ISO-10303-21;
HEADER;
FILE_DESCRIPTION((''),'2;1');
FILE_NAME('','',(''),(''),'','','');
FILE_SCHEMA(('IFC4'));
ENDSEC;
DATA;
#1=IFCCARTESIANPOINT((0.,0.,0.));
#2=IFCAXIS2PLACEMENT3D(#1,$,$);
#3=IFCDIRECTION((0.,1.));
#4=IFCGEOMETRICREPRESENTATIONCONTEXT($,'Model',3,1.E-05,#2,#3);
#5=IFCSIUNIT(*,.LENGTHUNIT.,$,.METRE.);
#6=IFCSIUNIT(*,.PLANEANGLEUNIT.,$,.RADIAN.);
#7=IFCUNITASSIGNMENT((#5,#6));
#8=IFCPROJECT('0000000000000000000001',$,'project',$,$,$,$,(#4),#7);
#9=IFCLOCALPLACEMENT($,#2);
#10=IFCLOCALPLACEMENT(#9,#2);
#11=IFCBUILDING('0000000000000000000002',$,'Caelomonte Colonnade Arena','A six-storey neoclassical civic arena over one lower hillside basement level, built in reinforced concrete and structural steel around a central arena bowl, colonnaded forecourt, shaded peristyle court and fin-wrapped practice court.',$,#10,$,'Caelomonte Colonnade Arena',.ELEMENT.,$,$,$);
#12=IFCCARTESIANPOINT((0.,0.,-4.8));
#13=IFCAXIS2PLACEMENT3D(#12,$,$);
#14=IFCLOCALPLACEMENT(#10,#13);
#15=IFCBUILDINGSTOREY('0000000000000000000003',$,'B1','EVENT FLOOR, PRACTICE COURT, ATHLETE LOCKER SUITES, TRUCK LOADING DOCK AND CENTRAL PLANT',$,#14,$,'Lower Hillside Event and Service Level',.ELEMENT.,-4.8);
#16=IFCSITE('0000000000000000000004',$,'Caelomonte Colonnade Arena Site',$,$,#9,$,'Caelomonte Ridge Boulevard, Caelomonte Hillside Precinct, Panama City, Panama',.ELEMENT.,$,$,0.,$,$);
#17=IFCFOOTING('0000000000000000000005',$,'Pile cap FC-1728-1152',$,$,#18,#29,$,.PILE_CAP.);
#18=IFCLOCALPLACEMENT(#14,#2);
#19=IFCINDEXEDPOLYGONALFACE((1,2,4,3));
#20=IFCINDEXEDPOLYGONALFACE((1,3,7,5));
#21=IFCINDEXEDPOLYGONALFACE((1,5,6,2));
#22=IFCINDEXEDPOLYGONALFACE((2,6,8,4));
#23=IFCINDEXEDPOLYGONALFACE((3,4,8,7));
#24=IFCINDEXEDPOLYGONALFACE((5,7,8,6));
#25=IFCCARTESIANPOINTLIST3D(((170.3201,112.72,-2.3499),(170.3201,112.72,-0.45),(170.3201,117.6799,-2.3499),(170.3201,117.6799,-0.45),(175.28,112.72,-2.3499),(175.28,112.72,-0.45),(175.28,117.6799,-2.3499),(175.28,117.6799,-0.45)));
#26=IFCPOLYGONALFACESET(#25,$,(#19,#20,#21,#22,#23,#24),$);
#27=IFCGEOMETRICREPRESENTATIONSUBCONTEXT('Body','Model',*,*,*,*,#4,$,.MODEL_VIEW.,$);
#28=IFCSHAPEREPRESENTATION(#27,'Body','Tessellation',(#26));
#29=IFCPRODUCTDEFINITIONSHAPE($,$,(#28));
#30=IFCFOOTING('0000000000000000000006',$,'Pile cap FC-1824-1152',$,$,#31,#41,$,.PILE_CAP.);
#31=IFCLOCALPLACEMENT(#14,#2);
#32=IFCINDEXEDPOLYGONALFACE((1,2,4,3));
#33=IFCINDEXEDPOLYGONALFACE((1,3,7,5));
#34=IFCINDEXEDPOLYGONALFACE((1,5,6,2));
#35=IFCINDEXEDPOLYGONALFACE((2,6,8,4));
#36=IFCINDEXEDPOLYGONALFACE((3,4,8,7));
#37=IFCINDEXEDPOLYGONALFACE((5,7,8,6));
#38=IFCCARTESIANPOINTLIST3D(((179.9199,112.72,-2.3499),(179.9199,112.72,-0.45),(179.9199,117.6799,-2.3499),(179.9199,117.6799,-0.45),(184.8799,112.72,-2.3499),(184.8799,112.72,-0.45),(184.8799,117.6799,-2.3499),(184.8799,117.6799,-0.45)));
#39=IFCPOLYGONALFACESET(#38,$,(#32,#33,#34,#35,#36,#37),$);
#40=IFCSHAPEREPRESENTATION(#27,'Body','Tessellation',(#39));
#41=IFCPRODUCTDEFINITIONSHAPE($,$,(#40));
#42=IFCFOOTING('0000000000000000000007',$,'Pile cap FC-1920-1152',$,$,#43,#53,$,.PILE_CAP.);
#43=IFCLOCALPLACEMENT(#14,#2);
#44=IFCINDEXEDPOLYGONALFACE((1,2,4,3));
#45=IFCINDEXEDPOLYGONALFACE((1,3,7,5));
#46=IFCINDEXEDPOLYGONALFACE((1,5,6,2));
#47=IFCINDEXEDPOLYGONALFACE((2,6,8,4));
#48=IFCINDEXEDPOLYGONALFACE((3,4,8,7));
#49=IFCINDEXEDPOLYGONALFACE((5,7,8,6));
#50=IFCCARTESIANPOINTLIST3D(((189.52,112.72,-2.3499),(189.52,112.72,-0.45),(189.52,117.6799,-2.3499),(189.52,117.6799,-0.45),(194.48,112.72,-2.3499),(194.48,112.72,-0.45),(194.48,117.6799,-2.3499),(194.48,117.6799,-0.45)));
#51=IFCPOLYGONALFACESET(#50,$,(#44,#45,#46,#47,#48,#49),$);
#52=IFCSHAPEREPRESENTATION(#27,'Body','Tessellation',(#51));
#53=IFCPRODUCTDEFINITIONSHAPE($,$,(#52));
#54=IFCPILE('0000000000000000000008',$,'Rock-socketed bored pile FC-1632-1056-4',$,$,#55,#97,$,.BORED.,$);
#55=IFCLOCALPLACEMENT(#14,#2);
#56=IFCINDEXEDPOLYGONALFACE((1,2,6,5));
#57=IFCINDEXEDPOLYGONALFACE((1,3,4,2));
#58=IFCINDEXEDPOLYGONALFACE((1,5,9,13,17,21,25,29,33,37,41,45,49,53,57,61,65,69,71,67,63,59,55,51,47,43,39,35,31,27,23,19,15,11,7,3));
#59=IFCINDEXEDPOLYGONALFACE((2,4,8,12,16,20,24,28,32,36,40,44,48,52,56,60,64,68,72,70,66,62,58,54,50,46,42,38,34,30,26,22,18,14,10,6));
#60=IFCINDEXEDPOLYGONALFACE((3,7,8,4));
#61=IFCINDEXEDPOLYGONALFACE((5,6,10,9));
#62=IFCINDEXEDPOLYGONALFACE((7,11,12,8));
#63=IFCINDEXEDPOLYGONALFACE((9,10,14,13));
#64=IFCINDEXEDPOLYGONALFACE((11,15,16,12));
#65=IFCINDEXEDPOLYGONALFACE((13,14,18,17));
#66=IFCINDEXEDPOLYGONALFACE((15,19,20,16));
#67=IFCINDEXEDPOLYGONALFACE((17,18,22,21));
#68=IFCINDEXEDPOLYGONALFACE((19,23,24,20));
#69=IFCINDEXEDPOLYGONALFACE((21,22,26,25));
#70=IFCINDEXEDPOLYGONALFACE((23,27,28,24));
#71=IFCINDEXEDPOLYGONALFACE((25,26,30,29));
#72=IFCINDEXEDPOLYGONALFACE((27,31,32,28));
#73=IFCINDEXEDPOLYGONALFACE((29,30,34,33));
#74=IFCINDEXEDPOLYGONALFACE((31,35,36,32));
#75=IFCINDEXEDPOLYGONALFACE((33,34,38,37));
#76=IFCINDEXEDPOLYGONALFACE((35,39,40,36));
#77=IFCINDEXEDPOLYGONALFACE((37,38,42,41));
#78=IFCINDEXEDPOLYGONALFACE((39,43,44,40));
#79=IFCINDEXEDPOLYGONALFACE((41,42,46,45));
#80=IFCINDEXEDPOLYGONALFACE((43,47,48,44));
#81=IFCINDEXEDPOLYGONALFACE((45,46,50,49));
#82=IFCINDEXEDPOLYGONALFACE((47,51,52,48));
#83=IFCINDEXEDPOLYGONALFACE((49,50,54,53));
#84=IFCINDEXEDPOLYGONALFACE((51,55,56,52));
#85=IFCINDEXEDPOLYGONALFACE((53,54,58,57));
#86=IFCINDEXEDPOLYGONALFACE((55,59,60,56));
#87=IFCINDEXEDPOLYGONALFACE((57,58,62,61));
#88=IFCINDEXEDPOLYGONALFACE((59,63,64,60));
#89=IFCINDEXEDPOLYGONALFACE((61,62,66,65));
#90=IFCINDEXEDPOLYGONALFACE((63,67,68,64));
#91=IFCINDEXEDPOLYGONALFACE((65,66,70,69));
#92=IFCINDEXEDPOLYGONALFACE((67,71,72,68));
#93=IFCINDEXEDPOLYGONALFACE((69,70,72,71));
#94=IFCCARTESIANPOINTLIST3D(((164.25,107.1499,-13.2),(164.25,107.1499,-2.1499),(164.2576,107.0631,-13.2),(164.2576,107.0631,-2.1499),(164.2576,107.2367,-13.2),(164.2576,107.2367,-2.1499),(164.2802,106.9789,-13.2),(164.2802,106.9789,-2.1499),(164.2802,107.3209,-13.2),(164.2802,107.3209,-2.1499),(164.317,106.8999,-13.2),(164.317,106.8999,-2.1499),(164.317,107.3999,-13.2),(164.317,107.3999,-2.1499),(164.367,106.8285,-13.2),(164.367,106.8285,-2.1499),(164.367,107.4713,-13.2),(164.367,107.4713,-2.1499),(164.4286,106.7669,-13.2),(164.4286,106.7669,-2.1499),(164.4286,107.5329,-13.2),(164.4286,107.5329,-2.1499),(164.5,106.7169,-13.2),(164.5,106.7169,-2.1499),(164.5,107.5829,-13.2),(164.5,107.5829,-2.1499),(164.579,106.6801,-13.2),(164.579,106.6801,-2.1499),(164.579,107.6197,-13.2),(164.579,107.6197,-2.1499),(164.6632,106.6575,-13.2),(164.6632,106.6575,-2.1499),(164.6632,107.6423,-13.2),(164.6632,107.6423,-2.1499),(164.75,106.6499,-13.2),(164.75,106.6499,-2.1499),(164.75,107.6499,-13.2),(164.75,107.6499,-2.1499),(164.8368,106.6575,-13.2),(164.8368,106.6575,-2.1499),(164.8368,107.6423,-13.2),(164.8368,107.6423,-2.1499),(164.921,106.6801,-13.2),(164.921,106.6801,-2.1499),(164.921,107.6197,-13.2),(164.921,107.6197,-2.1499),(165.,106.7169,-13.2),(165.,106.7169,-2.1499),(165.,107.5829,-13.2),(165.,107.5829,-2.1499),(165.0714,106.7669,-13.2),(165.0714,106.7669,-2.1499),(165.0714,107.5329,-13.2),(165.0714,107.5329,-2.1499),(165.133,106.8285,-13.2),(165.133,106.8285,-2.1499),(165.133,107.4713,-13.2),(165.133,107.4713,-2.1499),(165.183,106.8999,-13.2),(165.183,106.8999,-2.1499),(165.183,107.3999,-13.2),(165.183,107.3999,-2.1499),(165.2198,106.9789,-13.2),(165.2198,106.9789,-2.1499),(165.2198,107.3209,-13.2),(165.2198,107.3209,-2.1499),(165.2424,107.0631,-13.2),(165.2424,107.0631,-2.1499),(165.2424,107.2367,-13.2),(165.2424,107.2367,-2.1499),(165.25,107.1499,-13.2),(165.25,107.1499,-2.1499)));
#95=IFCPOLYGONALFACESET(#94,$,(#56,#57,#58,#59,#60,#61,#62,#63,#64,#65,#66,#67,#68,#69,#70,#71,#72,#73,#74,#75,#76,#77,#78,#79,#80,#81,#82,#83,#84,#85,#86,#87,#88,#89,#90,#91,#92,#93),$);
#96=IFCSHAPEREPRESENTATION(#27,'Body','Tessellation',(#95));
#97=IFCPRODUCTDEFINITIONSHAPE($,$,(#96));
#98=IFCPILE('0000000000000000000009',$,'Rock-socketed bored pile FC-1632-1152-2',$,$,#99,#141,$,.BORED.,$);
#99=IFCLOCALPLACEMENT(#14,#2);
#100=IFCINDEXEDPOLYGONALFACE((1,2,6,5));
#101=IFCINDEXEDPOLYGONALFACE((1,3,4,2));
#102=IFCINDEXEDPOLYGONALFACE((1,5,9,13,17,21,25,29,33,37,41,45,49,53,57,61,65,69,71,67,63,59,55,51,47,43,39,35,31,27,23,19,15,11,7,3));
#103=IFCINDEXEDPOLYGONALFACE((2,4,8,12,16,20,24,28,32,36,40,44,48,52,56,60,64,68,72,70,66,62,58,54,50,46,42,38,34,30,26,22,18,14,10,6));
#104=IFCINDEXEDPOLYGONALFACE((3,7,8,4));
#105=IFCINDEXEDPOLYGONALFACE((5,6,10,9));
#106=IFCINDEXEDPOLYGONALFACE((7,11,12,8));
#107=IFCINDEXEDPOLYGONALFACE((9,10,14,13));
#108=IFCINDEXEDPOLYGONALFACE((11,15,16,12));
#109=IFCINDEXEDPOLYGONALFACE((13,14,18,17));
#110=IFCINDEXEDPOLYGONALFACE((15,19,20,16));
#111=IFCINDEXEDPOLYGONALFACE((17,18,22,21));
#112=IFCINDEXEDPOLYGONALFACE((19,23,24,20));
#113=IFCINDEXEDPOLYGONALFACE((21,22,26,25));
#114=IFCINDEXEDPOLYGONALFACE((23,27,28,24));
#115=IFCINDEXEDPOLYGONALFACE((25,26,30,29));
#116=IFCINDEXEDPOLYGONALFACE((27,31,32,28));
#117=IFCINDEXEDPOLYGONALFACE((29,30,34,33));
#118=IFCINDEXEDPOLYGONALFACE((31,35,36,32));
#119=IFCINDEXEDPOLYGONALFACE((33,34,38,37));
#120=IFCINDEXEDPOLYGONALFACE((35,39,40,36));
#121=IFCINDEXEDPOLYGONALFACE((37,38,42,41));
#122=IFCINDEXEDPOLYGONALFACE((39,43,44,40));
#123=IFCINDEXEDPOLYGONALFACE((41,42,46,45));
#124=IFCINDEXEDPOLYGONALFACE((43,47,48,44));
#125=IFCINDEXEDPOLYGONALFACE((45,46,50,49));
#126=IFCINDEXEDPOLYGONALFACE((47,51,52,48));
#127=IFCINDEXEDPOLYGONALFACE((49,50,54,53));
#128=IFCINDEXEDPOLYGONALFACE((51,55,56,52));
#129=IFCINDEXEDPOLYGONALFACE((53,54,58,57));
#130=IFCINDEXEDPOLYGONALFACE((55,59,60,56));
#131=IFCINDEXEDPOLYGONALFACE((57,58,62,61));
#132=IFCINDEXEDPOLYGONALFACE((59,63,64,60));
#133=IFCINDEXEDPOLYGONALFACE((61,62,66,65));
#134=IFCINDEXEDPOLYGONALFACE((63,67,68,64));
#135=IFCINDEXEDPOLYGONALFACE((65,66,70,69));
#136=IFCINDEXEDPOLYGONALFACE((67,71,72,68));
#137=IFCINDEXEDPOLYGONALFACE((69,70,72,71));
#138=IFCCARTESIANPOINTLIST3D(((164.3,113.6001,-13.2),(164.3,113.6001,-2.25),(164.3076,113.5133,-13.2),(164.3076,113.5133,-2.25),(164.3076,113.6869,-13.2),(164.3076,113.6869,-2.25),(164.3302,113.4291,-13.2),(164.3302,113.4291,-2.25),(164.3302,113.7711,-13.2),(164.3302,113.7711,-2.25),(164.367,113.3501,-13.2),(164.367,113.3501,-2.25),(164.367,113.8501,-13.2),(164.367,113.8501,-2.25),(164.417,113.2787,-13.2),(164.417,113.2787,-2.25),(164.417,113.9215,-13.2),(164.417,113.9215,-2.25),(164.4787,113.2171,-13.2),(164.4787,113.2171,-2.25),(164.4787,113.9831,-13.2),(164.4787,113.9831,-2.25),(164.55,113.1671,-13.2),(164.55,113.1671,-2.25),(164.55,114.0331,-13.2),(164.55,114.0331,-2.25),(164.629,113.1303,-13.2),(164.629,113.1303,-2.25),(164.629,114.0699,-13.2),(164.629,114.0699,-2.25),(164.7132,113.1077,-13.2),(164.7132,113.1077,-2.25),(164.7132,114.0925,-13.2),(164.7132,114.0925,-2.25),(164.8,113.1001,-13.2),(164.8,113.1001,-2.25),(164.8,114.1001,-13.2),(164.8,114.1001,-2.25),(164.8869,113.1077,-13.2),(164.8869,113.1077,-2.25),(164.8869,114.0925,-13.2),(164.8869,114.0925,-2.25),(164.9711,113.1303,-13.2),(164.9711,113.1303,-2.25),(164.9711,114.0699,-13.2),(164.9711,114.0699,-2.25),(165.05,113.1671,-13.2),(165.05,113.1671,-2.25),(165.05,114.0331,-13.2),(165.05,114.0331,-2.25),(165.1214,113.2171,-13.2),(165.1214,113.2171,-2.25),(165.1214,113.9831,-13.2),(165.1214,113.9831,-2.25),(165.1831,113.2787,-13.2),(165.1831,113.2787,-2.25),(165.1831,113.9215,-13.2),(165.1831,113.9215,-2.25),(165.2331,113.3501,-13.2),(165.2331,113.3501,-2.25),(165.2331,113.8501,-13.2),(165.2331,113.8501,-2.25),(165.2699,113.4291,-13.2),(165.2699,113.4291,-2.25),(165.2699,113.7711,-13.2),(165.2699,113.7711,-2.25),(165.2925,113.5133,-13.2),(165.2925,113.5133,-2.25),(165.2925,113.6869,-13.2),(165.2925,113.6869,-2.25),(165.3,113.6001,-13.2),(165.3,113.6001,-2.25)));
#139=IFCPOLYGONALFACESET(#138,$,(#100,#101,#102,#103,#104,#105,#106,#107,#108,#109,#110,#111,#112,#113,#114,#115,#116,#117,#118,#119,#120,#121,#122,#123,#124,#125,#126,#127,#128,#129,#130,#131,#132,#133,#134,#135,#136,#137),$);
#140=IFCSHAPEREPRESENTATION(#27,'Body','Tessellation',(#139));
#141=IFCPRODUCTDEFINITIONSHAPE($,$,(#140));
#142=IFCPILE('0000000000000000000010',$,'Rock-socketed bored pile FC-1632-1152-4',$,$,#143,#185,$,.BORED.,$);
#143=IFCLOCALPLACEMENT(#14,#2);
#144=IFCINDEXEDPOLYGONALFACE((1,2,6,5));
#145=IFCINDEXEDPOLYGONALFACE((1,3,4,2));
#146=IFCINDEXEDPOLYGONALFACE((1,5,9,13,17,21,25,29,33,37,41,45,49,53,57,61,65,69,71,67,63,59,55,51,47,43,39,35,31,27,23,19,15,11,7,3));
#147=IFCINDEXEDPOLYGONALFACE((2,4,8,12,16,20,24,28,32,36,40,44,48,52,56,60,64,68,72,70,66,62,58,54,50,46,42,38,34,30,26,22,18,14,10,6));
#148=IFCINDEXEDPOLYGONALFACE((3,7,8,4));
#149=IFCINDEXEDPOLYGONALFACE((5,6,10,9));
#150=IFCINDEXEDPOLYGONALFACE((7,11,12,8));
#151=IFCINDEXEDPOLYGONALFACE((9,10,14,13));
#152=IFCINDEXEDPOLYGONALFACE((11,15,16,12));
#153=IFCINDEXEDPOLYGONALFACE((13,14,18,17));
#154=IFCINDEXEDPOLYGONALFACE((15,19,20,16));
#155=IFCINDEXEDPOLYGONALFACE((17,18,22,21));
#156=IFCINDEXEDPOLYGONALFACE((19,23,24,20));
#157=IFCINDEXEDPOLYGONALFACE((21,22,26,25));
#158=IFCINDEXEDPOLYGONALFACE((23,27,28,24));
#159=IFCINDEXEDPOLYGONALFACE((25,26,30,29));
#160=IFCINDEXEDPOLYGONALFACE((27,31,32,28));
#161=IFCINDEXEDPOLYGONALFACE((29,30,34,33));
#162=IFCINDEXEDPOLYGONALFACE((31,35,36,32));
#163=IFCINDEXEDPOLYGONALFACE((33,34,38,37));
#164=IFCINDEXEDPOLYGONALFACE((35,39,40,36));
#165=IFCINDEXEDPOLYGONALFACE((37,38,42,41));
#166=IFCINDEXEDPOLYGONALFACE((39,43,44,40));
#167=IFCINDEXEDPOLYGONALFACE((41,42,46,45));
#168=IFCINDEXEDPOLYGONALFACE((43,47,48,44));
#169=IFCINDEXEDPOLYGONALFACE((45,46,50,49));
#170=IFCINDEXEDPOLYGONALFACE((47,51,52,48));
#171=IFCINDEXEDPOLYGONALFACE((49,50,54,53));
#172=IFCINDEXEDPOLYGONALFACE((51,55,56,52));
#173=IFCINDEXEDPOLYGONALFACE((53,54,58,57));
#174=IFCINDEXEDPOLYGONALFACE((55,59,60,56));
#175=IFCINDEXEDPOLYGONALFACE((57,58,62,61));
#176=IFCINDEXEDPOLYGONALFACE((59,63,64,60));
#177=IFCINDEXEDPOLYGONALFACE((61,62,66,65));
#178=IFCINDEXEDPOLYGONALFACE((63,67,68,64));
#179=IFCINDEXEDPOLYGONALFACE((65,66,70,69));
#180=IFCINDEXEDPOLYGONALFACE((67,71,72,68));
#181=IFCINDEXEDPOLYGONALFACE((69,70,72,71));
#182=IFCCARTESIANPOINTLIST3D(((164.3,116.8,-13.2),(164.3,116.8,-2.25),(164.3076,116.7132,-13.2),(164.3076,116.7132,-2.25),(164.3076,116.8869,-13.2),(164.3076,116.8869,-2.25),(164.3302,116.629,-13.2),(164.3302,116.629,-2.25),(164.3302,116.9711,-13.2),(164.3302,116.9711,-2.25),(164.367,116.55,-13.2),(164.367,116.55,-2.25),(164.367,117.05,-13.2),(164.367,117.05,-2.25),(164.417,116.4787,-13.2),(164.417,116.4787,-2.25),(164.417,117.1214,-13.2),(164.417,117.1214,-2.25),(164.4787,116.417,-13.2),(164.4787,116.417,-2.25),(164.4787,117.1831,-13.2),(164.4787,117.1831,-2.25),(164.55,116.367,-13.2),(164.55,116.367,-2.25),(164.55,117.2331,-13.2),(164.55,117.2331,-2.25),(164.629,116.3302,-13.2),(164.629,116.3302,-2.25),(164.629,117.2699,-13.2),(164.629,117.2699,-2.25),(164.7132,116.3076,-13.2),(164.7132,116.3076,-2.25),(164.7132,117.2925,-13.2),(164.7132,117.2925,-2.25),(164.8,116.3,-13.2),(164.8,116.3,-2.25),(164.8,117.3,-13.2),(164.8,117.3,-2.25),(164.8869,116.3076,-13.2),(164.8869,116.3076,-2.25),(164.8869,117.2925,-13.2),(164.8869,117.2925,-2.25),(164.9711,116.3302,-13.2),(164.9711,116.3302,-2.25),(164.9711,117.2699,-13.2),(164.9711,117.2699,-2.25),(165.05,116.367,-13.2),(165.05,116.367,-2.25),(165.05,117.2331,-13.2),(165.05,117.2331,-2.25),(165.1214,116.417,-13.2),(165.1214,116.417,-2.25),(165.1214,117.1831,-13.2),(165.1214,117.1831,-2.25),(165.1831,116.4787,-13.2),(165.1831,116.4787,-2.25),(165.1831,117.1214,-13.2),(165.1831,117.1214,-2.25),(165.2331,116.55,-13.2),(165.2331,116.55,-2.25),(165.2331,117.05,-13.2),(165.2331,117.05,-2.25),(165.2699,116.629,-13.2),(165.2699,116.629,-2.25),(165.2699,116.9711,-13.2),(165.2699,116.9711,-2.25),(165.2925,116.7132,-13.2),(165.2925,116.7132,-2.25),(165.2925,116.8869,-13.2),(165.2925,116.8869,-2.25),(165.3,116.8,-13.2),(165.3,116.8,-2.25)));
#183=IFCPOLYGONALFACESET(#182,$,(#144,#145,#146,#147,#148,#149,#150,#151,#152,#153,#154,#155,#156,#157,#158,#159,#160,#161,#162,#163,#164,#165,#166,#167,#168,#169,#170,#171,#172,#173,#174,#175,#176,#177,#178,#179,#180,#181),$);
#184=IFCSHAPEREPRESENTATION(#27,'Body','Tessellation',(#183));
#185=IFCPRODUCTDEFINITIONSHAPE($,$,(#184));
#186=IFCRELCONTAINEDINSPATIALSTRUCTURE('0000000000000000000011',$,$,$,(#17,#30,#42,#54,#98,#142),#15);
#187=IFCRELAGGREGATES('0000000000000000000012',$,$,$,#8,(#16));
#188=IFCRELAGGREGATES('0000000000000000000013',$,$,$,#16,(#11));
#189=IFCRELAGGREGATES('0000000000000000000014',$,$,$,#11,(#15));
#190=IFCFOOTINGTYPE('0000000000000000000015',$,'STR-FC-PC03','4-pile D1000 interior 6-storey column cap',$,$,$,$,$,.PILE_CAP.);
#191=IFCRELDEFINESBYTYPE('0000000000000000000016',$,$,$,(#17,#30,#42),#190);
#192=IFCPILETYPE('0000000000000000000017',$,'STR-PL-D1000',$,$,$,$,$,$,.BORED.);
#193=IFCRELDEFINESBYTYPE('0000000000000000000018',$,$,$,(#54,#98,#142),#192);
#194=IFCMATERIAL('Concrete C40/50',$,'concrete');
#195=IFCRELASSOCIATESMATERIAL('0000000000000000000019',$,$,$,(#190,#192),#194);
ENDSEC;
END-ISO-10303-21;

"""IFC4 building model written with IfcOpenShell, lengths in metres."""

from ifc_helpers import new_model, si_unit, direction, frame, origin, origin_2d, place, context, subcontext, project, spatial, rectangle, circle, extrude, material, material_profile, profile_set, type_object, element, save


model = new_model("IFC4")

# Units and contexts
model_context = context("Model", 3, precision=1e-05, world=origin(), true_north=direction((0.0, 1.0)))
body_context = subcontext(model_context, "Body", "Model", "MODEL_VIEW")
ifc_project = project(units=[si_unit("LENGTHUNIT", "METRE"), si_unit("PLANEANGLEUNIT", "RADIAN")], contexts=[model_context])

# Site, building, storey
site_placement = place(None, origin())
site = spatial("IfcSite", under=ifc_project, at=site_placement, Name="Caelomonte Colonnade Arena Site", LongName="Caelomonte Ridge Boulevard, Caelomonte Hillside Precinct, Panama City, Panama", CompositionType="ELEMENT", RefElevation=0.0)
building_placement = place(site_placement, origin())
building = spatial("IfcBuilding", under=site, at=building_placement, Name="Caelomonte Colonnade Arena", Description="A six-storey neoclassical civic arena over one lower hillside basement level, built in reinforced concrete and structural steel around a central arena bowl, colonnaded forecourt, shaded peristyle court and fin-wrapped practice court.", LongName="Caelomonte Colonnade Arena", CompositionType="ELEMENT")
storey_placement = place(building_placement, frame((0.0, 0.0, -4.8)))
storey = spatial("IfcBuildingStorey", under=building, at=storey_placement, Name="B1", Description="EVENT FLOOR, PRACTICE COURT, ATHLETE LOCKER SUITES, TRUCK LOADING DOCK AND CENTRAL PLANT", LongName="Lower Hillside Event and Service Level", CompositionType="ELEMENT", Elevation=-4.8)

# Footings
ifc_material_1 = material(Name="Concrete C40/50", Category="concrete")
footing_type = type_object("IfcFootingType", Name="STR-FC-PC03", Description="4-pile D1000 interior 6-storey column cap", PredefinedType="PILE_CAP", material=ifc_material_1)
for number, where, z_axis, x_axis, name in (
    (1, (172.8, 115.2, -2.3499), (0.0, 0.0, 1.0), (1.0, 0.0, 0.0), "Pile cap FC-1728-1152"),
    (2, (182.3999, 115.2, -2.3499), (0.0, 0.0, 1.0), (1.0, 0.0, 0.0), "Pile cap FC-1824-1152"),
    (3, (192.0, 115.2, -2.3499), (0.0, 0.0, 1.0), (1.0, 0.0, 0.0), "Pile cap FC-1920-1152"),
):
    element("IfcFooting", number, at=place(storey_placement, frame(where, z_axis=z_axis, x_axis=x_axis)), inside=storey, type_object=footing_type, Name=name, PredefinedType="PILE_CAP", context=body_context, shape_type="SweptSolid", body=[
        extrude(rectangle(XDim=4.96, YDim=4.96, at=origin_2d()), origin(), (0.0, 0.0, 1.0), 1.8999),
    ])

# Piles
ifc_material_profile_1 = material_profile(ifc_material_1, circle(Radius=0.5, at=origin_2d()), Name="PILE-D1000")
ifc_profile_set_1 = profile_set([ifc_material_profile_1], Name="Concrete C40/50")
pile_type = type_object("IfcPileType", Name="STR-PL-D1000", PredefinedType="BORED", material=ifc_profile_set_1)
pile_placement = place(storey_placement, frame((164.75, 107.1499, -2.1499), z_axis=(0.0, 0.0, -1.0), x_axis=(1.0, 0.0, 0.0)))
element("IfcPile", 4, at=pile_placement, inside=storey, type_object=pile_type, Name="Rock-socketed bored pile FC-1632-1056-4", PredefinedType="BORED", context=body_context, shape_type="SweptSolid", body=[
    extrude(circle(Radius=0.5, at=origin_2d()), origin(), (0.0, 0.0, 1.0), 11.05),
])
for number, where, z_axis, x_axis, name in (
    (5, (164.8, 113.6001, -2.25), (0.0, 0.0, -1.0), (1.0, 0.0, 0.0), "Rock-socketed bored pile FC-1632-1152-2"),
    (6, (164.8, 116.8, -2.25), (0.0, 0.0, -1.0), (1.0, 0.0, 0.0), "Rock-socketed bored pile FC-1632-1152-4"),
):
    element("IfcPile", number, at=place(storey_placement, frame(where, z_axis=z_axis, x_axis=x_axis)), inside=storey, type_object=pile_type, Name=name, PredefinedType="BORED", context=body_context, shape_type="SweptSolid", body=[
        extrude(circle(Radius=0.5, at=origin_2d()), origin(), (0.0, 0.0, 1.0), 10.95),
    ])

save(model, "model.ifc")
